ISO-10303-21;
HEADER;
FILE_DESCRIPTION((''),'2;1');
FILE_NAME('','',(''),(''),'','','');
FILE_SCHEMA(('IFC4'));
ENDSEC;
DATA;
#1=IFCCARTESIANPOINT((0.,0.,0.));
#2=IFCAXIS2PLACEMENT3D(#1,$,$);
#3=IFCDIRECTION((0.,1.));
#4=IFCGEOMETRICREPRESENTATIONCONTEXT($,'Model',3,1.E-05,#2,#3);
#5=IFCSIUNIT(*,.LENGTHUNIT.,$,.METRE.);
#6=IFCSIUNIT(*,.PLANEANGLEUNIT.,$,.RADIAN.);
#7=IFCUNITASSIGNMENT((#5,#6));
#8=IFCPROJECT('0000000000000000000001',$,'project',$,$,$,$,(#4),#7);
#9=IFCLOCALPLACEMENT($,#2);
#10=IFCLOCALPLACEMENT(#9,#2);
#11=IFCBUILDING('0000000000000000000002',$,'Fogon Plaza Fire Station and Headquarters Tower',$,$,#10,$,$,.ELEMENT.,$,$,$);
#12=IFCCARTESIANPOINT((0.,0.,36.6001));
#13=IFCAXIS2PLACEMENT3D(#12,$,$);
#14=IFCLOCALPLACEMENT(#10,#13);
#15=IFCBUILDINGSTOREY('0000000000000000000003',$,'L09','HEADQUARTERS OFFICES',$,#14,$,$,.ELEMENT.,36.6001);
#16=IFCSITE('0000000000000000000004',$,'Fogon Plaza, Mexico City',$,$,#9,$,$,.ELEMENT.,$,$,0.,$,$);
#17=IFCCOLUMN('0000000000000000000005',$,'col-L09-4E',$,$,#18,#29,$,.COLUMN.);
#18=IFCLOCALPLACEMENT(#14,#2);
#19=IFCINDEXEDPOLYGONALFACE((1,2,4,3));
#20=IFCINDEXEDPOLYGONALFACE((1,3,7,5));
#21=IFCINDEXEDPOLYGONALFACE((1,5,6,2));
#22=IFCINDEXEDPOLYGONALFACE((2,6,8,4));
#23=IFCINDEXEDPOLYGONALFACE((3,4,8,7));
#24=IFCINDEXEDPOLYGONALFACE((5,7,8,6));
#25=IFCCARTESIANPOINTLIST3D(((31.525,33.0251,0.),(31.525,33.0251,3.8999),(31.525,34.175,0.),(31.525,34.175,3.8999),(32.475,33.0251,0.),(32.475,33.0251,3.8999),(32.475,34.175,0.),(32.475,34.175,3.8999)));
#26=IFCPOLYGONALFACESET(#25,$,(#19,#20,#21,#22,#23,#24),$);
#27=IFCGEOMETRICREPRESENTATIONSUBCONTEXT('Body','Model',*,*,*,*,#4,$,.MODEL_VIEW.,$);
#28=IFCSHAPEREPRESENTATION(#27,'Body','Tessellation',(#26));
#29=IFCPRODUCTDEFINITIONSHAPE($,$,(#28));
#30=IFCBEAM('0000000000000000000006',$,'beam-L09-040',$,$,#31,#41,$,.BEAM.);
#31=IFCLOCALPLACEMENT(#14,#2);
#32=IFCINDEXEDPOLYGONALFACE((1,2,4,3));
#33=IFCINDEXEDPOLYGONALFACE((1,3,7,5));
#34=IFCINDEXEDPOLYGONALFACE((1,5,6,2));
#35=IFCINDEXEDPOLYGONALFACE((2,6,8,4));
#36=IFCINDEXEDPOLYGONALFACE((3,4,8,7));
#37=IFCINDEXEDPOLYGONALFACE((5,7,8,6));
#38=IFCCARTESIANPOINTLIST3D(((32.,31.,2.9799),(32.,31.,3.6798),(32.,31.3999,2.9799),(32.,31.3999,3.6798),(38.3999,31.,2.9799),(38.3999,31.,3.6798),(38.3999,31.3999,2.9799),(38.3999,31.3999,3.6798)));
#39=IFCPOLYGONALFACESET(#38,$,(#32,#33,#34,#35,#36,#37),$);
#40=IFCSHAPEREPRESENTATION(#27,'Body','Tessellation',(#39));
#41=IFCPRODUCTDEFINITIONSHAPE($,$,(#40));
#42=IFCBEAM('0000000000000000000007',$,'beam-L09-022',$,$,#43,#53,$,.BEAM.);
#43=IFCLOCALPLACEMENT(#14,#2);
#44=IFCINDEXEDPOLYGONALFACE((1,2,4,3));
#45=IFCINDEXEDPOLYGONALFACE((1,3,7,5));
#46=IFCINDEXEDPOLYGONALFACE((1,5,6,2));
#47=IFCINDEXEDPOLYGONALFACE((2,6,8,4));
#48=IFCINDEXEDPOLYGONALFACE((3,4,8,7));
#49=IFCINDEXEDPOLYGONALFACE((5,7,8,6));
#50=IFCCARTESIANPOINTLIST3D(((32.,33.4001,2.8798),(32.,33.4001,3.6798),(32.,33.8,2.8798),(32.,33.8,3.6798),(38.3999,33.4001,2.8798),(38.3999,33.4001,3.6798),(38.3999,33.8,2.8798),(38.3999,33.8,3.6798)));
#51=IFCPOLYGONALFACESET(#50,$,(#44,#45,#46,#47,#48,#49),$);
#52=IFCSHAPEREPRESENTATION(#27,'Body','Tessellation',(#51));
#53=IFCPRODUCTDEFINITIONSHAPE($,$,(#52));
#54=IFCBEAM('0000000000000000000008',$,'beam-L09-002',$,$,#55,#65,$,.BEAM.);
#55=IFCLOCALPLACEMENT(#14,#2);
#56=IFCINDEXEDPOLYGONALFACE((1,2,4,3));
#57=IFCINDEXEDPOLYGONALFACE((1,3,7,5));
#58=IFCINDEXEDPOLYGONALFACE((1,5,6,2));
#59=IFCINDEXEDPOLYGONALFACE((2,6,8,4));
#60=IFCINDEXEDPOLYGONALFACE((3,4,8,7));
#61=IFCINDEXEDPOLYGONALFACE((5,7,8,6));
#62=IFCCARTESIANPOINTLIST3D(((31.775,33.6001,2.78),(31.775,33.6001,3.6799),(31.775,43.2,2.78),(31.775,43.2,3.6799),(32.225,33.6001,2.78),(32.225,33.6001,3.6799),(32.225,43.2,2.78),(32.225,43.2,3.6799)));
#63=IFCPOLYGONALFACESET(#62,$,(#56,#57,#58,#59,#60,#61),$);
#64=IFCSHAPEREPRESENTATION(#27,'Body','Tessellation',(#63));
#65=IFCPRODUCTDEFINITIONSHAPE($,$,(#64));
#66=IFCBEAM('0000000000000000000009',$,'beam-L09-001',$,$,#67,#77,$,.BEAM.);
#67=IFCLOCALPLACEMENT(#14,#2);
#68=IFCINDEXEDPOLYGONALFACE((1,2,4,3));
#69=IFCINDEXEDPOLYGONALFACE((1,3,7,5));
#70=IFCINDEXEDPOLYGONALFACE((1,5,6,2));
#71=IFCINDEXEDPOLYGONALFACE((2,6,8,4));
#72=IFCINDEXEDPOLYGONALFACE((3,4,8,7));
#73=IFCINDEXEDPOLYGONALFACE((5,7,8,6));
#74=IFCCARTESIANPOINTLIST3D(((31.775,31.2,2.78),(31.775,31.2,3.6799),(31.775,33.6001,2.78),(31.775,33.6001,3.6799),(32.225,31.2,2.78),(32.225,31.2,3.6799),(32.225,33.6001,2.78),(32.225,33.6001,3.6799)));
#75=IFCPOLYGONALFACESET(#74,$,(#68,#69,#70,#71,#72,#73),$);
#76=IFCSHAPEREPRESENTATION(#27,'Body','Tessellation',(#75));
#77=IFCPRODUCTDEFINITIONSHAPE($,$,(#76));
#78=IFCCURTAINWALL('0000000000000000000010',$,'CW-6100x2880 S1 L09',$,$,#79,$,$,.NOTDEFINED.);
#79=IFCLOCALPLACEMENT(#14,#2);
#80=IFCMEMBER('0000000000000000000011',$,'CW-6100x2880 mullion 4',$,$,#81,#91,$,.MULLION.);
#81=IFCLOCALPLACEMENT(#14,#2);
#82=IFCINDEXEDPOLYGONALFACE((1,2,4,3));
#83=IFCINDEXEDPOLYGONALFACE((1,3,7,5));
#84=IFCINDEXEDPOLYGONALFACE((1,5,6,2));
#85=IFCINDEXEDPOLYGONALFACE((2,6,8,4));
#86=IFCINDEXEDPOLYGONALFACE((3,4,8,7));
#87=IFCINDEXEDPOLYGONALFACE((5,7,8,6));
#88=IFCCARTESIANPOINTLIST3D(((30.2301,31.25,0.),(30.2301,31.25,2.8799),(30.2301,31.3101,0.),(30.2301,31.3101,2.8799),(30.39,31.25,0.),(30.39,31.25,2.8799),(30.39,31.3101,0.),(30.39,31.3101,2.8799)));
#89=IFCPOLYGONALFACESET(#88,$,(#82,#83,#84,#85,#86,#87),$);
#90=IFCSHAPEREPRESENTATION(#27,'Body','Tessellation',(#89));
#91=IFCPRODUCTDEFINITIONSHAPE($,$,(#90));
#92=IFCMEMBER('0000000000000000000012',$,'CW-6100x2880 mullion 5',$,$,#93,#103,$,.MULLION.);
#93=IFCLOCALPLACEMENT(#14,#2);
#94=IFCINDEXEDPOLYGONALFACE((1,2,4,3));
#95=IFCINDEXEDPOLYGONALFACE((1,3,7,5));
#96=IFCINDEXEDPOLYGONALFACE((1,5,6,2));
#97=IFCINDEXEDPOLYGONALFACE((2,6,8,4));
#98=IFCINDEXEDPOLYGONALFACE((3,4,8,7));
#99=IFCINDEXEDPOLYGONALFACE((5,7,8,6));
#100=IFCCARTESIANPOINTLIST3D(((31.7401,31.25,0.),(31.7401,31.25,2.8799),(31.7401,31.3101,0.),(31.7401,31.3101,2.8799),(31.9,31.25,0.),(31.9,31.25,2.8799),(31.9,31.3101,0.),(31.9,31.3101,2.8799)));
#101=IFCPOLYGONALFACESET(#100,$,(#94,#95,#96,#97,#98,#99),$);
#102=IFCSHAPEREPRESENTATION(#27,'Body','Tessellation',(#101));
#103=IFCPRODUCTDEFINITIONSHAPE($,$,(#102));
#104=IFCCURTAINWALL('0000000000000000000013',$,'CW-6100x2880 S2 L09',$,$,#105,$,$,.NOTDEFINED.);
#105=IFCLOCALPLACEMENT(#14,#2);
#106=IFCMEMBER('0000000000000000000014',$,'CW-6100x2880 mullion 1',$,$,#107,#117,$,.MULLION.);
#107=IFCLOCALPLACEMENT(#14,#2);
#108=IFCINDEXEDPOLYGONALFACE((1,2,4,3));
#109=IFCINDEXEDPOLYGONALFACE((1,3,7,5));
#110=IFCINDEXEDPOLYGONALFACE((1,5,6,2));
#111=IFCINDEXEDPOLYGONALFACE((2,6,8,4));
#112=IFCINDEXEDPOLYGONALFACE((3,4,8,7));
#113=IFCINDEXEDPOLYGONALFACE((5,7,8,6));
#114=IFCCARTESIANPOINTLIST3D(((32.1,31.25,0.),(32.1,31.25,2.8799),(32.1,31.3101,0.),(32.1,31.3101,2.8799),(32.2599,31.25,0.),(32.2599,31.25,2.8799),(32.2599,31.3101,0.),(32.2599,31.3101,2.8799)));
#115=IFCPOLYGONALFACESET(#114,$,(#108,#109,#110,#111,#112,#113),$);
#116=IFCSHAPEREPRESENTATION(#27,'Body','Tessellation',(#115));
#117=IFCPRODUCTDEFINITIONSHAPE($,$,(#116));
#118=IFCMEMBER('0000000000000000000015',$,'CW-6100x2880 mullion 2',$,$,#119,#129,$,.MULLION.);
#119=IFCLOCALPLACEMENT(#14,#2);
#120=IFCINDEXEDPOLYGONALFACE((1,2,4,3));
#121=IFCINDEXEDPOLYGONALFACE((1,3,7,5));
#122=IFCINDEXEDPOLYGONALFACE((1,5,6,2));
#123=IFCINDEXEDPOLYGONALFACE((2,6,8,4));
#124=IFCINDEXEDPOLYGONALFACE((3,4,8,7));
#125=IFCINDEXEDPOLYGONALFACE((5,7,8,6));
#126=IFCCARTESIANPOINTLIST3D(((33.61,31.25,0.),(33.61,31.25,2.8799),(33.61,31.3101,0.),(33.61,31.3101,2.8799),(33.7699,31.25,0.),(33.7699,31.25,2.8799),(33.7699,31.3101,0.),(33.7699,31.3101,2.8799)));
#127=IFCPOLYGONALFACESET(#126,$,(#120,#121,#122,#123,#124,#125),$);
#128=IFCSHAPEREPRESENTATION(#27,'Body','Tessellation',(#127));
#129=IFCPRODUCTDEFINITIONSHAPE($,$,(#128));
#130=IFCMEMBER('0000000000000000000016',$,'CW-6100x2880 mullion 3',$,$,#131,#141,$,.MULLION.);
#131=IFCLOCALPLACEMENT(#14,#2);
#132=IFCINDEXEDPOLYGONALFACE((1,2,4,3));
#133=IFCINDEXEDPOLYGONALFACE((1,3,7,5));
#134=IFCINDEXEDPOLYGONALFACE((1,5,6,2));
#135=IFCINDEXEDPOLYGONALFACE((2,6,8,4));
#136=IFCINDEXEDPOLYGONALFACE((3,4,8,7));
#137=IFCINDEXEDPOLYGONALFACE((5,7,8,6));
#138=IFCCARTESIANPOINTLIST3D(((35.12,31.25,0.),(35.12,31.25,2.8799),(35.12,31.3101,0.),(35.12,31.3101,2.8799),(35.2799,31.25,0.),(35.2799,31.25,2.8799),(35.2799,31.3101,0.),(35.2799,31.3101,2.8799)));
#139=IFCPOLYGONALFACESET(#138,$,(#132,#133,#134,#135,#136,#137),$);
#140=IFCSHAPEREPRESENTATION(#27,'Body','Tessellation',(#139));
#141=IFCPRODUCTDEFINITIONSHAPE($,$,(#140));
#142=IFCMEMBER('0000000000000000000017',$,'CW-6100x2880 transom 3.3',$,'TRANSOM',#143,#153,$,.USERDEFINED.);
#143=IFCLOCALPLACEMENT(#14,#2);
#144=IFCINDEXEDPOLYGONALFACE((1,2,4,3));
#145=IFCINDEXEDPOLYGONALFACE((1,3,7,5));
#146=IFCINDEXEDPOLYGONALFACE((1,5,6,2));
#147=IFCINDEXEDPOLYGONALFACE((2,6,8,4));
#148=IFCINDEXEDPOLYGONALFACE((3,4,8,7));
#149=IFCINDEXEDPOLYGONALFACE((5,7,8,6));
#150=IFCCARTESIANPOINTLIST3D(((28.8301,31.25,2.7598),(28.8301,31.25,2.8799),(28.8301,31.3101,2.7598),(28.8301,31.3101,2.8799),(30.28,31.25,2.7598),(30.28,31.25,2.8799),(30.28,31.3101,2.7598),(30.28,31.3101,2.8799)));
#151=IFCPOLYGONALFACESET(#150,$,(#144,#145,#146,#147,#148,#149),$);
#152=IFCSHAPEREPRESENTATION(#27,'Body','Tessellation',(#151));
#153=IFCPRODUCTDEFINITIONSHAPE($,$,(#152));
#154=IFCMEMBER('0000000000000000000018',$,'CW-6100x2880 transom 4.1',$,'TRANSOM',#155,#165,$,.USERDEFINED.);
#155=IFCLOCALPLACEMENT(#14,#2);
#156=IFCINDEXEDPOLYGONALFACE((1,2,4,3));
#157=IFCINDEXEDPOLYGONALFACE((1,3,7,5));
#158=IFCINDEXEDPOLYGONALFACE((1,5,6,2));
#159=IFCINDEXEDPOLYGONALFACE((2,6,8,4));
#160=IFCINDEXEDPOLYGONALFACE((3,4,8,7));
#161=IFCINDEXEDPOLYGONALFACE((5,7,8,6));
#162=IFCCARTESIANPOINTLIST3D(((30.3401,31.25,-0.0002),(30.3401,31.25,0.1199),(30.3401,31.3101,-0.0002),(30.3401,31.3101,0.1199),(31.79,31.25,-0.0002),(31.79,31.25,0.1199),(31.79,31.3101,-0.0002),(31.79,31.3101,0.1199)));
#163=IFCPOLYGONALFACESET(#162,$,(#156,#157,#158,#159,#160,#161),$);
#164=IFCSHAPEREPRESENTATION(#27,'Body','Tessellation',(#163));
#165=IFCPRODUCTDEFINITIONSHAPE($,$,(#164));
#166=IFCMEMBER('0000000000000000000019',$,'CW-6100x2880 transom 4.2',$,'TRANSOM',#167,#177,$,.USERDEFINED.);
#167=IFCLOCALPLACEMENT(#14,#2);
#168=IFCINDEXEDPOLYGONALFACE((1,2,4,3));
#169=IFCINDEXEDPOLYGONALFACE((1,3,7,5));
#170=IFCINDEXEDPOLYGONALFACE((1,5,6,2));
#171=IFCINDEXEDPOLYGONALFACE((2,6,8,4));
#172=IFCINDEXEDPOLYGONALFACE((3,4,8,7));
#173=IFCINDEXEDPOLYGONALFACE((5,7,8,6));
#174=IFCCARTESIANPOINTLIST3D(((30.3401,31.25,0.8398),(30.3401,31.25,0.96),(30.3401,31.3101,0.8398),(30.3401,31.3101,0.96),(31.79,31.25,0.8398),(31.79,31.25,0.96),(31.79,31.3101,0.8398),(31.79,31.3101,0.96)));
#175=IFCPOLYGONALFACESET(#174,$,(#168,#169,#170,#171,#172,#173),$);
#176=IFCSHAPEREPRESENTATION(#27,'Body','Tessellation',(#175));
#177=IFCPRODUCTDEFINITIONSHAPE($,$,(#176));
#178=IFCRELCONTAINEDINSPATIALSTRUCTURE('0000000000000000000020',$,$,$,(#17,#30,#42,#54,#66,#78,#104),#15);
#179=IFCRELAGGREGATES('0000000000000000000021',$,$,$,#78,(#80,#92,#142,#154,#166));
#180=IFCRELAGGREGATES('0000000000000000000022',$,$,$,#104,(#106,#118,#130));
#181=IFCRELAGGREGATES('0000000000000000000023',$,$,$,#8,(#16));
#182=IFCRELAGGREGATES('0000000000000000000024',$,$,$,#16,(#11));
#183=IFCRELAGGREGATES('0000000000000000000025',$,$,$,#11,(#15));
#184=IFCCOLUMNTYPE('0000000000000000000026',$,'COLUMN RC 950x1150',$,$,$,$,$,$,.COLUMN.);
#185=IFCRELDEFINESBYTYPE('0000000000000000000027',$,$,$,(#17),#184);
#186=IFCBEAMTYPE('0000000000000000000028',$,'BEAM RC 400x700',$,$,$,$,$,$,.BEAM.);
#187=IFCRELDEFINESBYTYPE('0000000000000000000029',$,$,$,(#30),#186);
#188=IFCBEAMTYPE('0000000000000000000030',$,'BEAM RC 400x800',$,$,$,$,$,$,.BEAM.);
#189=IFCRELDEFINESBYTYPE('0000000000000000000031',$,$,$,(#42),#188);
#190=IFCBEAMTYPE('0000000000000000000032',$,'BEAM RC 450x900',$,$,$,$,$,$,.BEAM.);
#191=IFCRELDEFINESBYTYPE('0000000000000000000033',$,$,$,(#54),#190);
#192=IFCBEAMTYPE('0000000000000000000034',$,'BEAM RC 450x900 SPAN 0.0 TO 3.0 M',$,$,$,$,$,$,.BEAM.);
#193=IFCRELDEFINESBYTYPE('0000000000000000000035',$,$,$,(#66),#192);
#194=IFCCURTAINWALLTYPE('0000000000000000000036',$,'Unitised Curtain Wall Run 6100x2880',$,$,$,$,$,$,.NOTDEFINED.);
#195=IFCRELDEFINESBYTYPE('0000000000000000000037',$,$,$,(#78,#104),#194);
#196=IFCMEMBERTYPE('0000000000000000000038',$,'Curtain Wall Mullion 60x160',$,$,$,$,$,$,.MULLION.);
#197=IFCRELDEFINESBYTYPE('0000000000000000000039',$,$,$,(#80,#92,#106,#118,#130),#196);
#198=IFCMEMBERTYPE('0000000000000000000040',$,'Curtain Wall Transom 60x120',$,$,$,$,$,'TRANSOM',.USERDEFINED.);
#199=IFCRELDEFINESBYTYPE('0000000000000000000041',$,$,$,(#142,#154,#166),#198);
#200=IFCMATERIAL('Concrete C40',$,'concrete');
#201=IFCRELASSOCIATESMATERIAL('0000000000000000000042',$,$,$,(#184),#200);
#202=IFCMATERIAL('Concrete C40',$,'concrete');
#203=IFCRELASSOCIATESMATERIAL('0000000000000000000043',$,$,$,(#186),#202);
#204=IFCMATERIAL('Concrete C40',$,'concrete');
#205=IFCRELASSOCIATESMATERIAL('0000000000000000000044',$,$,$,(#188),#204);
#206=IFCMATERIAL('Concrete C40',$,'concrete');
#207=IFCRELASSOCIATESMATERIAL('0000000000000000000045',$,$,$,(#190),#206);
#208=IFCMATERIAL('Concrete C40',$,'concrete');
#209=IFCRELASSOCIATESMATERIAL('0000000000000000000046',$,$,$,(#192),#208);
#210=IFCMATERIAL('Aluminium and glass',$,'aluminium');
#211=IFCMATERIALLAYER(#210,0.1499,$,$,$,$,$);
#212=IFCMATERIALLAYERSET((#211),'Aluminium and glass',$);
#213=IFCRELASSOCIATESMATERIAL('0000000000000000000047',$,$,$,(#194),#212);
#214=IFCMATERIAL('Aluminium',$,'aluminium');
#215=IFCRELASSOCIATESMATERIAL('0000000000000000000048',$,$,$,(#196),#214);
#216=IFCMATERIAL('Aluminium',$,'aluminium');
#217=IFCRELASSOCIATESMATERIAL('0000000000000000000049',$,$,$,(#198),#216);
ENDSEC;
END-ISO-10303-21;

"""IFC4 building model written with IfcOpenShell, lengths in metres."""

from ifc_helpers import new_model, si_unit, direction, frame, origin, origin_2d, place, context, subcontext, project, spatial, rectangle, extrude, material, layer, layer_set, material_profile, profile_set, type_object, element, aggregate, save


model = new_model("IFC4")

# Units and contexts
model_context = context("Model", 3, precision=1e-05, world=origin(), true_north=direction((0.0, 1.0)))
body_context = subcontext(model_context, "Body", "Model", "MODEL_VIEW")
ifc_project = project(units=[si_unit("LENGTHUNIT", "METRE"), si_unit("PLANEANGLEUNIT", "RADIAN")], contexts=[model_context])

# Site, building, storey
site_placement = place(None, origin())
site = spatial("IfcSite", under=ifc_project, at=site_placement, Name="Fogon Plaza, Mexico City", CompositionType="ELEMENT", RefElevation=0.0)
building_placement = place(site_placement, origin())
building = spatial("IfcBuilding", under=site, at=building_placement, Name="Fogon Plaza Fire Station and Headquarters Tower", CompositionType="ELEMENT")
storey_placement = place(building_placement, frame((0.0, 0.0, 36.6001)))
storey = spatial("IfcBuildingStorey", under=building, at=storey_placement, Name="L09", Description="HEADQUARTERS OFFICES", CompositionType="ELEMENT", Elevation=36.6001)

# Column
ifc_material_1 = material(Name="Concrete C40", Category="concrete")
ifc_material_profile_1 = material_profile(ifc_material_1, rectangle(XDim=0.95, YDim=1.1499, at=origin_2d()), Name="RC 950x1150")
ifc_profile_set_1 = profile_set([ifc_material_profile_1], Name="Concrete C40")
column_type = type_object("IfcColumnType", Name="COLUMN RC 950x1150", PredefinedType="COLUMN", material=ifc_profile_set_1)
column_placement = place(storey_placement, frame((32.0, 33.6001, 0.0), z_axis=(0.0, 0.0, 1.0), x_axis=(1.0, 0.0, 0.0)))
element("IfcColumn", 1, at=column_placement, inside=storey, type_object=column_type, Name="col-L09-4E", PredefinedType="COLUMN", context=body_context, shape_type="SweptSolid", body=[
    extrude(rectangle(XDim=0.95, YDim=1.1499, at=origin_2d()), origin(), (0.0, 0.0, 1.0), 3.8999),
])

# Beams
ifc_material_2 = material(Name="Concrete C40", Category="concrete")
ifc_material_profile_2 = material_profile(ifc_material_2, rectangle(XDim=0.3999, YDim=0.7, at=origin_2d()), Name="RC 400x700")
ifc_profile_set_2 = profile_set([ifc_material_profile_2], Name="Concrete C40")
beam_type_1 = type_object("IfcBeamType", Name="BEAM RC 400x700", PredefinedType="BEAM", material=ifc_profile_set_2)
beam_1_placement = place(storey_placement, frame((32.0, 31.2, 3.3298), z_axis=(1.0, 0.0, 0.0), x_axis=(0.0, 1.0, 0.0)))
element("IfcBeam", 2, at=beam_1_placement, inside=storey, type_object=beam_type_1, Name="beam-L09-040", PredefinedType="BEAM", context=body_context, shape_type="SweptSolid", body=[
    extrude(rectangle(XDim=0.3999, YDim=0.7, at=origin_2d()), origin(), (0.0, 0.0, 1.0), 6.3999),
])
ifc_material_3 = material(Name="Concrete C40", Category="concrete")
ifc_material_profile_3 = material_profile(ifc_material_3, rectangle(XDim=0.3999, YDim=0.8, at=origin_2d()), Name="RC 400x800")
ifc_profile_set_3 = profile_set([ifc_material_profile_3], Name="Concrete C40")
beam_type_2 = type_object("IfcBeamType", Name="BEAM RC 400x800", PredefinedType="BEAM", material=ifc_profile_set_3)
beam_2_placement = place(storey_placement, frame((32.0, 33.6001, 3.2798), z_axis=(1.0, 0.0, 0.0), x_axis=(0.0, 1.0, 0.0)))
element("IfcBeam", 3, at=beam_2_placement, inside=storey, type_object=beam_type_2, Name="beam-L09-022", PredefinedType="BEAM", context=body_context, shape_type="SweptSolid", body=[
    extrude(rectangle(XDim=0.3999, YDim=0.8, at=origin_2d()), origin(), (0.0, 0.0, 1.0), 6.3999),
])
ifc_material_4 = material(Name="Concrete C40", Category="concrete")
ifc_material_profile_4 = material_profile(ifc_material_4, rectangle(XDim=0.45, YDim=0.8999, at=origin_2d()), Name="RC 450x900")
ifc_profile_set_4 = profile_set([ifc_material_profile_4], Name="Concrete C40")
beam_type_3 = type_object("IfcBeamType", Name="BEAM RC 450x900", PredefinedType="BEAM", material=ifc_profile_set_4)
beam_3_placement = place(storey_placement, frame((32.0, 33.6001, 3.23), z_axis=(0.0, 1.0, 0.0), x_axis=(-1.0, 0.0, 0.0)))
element("IfcBeam", 4, at=beam_3_placement, inside=storey, type_object=beam_type_3, Name="beam-L09-002", PredefinedType="BEAM", context=body_context, shape_type="SweptSolid", body=[
    extrude(rectangle(XDim=0.45, YDim=0.8999, at=origin_2d()), origin(), (0.0, 0.0, 1.0), 9.5999),
])
ifc_material_5 = material(Name="Concrete C40", Category="concrete")
ifc_material_profile_5 = material_profile(ifc_material_5, rectangle(XDim=0.45, YDim=0.8999, at=origin_2d()), Name="RC 450x900")
ifc_profile_set_5 = profile_set([ifc_material_profile_5], Name="Concrete C40")
beam_type_4 = type_object("IfcBeamType", Name="BEAM RC 450x900 SPAN 0.0 TO 3.0 M", PredefinedType="BEAM", material=ifc_profile_set_5)
beam_4_placement = place(storey_placement, frame((32.0, 31.2, 3.23), z_axis=(0.0, 1.0, 0.0), x_axis=(-1.0, 0.0, 0.0)))
element("IfcBeam", 5, at=beam_4_placement, inside=storey, type_object=beam_type_4, Name="beam-L09-001", PredefinedType="BEAM", context=body_context, shape_type="SweptSolid", body=[
    extrude(rectangle(XDim=0.45, YDim=0.8999, at=origin_2d()), origin(), (0.0, 0.0, 1.0), 2.4001),
])

# Curtain walls, members
ifc_material_6 = material(Name="Aluminium and glass", Category="aluminium")
ifc_layer_1 = layer(ifc_material_6, 0.1499)
ifc_layer_set_1 = layer_set([ifc_layer_1], Name="Aluminium and glass")
curtain_wall_type = type_object("IfcCurtainWallType", Name="Unitised Curtain Wall Run 6100x2880", PredefinedType="NOTDEFINED", material=ifc_layer_set_1)
curtain_wall_1_placement = place(storey_placement, origin())
curtain_wall_1 = element("IfcCurtainWall", 6, at=curtain_wall_1_placement, inside=storey, type_object=curtain_wall_type, Name="CW-6100x2880 S1 L09", PredefinedType="NOTDEFINED")
ifc_material_7 = material(Name="Aluminium", Category="aluminium")
ifc_material_profile_6 = material_profile(ifc_material_7, rectangle(XDim=0.0601, YDim=0.1599, at=origin_2d()), Name="Curtain Wall Mullion 60x160")
ifc_profile_set_6 = profile_set([ifc_material_profile_6], Name="Aluminium")
member_type_1 = type_object("IfcMemberType", Name="Curtain Wall Mullion 60x160", PredefinedType="MULLION", material=ifc_profile_set_6)
member_1_placement = place(storey_placement, frame((30.3101, 31.28, 0.0), z_axis=(0.0, 0.0, 1.0), x_axis=(0.0, 1.0, 0.0)))
member_1 = element("IfcMember", 7, at=member_1_placement, type_object=member_type_1, Name="CW-6100x2880 mullion 4", PredefinedType="MULLION", context=body_context, shape_type="SweptSolid", body=[
    extrude(rectangle(XDim=0.0601, YDim=0.1599, at=origin_2d()), origin(), (0.0, 0.0, 1.0), 2.8799),
])
member_2_placement = place(storey_placement, frame((31.8201, 31.28, 0.0), z_axis=(0.0, 0.0, 1.0), x_axis=(0.0, 1.0, 0.0)))
member_2 = element("IfcMember", 8, at=member_2_placement, type_object=member_type_1, Name="CW-6100x2880 mullion 5", PredefinedType="MULLION", context=body_context, shape_type="SweptSolid", body=[
    extrude(rectangle(XDim=0.0601, YDim=0.1599, at=origin_2d()), origin(), (0.0, 0.0, 1.0), 2.8799),
])
curtain_wall_2_placement = place(storey_placement, origin())
curtain_wall_2 = element("IfcCurtainWall", 9, at=curtain_wall_2_placement, inside=storey, type_object=curtain_wall_type, Name="CW-6100x2880 S2 L09", PredefinedType="NOTDEFINED")
member_3_placement = place(storey_placement, frame((32.1799, 31.28, 0.0), z_axis=(0.0, 0.0, 1.0), x_axis=(0.0, 1.0, 0.0)))
member_3 = element("IfcMember", 10, at=member_3_placement, type_object=member_type_1, Name="CW-6100x2880 mullion 1", PredefinedType="MULLION", context=body_context, shape_type="SweptSolid", body=[
    extrude(rectangle(XDim=0.0601, YDim=0.1599, at=origin_2d()), origin(), (0.0, 0.0, 1.0), 2.8799),
])
member_4_placement = place(storey_placement, frame((33.6899, 31.28, 0.0), z_axis=(0.0, 0.0, 1.0), x_axis=(0.0, 1.0, 0.0)))
member_4 = element("IfcMember", 11, at=member_4_placement, type_object=member_type_1, Name="CW-6100x2880 mullion 2", PredefinedType="MULLION", context=body_context, shape_type="SweptSolid", body=[
    extrude(rectangle(XDim=0.0601, YDim=0.1599, at=origin_2d()), origin(), (0.0, 0.0, 1.0), 2.8799),
])
member_5_placement = place(storey_placement, frame((35.2, 31.28, 0.0), z_axis=(0.0, 0.0, 1.0), x_axis=(0.0, 1.0, 0.0)))
member_5 = element("IfcMember", 12, at=member_5_placement, type_object=member_type_1, Name="CW-6100x2880 mullion 3", PredefinedType="MULLION", context=body_context, shape_type="SweptSolid", body=[
    extrude(rectangle(XDim=0.0601, YDim=0.1599, at=origin_2d()), origin(), (0.0, 0.0, 1.0), 2.8799),
])

# Members
ifc_material_8 = material(Name="Aluminium", Category="aluminium")
ifc_material_profile_7 = material_profile(ifc_material_8, rectangle(XDim=0.0601, YDim=0.1201, at=origin_2d()), Name="Curtain Wall Transom 60x120")
ifc_profile_set_7 = profile_set([ifc_material_profile_7], Name="Aluminium")
member_type_2 = type_object("IfcMemberType", Name="Curtain Wall Transom 60x120", ElementType="TRANSOM", PredefinedType="USERDEFINED", material=ifc_profile_set_7)
member_6_placement = place(storey_placement, frame((28.8301, 31.28, 2.8198), z_axis=(1.0, 0.0, 0.0), x_axis=(0.0, 1.0, 0.0)))
member_6 = element("IfcMember", 13, at=member_6_placement, type_object=member_type_2, Name="CW-6100x2880 transom 3.3", ObjectType="TRANSOM", PredefinedType="USERDEFINED", context=body_context, shape_type="SweptSolid", body=[
    extrude(rectangle(XDim=0.0601, YDim=0.1201, at=origin_2d()), origin(), (0.0, 0.0, 1.0), 1.45),
])
member_7_placement = place(storey_placement, frame((30.3401, 31.28, 0.0598), z_axis=(1.0, 0.0, 0.0), x_axis=(0.0, 1.0, 0.0)))
member_7 = element("IfcMember", 14, at=member_7_placement, type_object=member_type_2, Name="CW-6100x2880 transom 4.1", ObjectType="TRANSOM", PredefinedType="USERDEFINED", context=body_context, shape_type="SweptSolid", body=[
    extrude(rectangle(XDim=0.0601, YDim=0.1201, at=origin_2d()), origin(), (0.0, 0.0, 1.0), 1.45),
])
member_8_placement = place(storey_placement, frame((30.3401, 31.28, 0.8999), z_axis=(1.0, 0.0, 0.0), x_axis=(0.0, 1.0, 0.0)))
member_8 = element("IfcMember", 15, at=member_8_placement, type_object=member_type_2, Name="CW-6100x2880 transom 4.2", ObjectType="TRANSOM", PredefinedType="USERDEFINED", context=body_context, shape_type="SweptSolid", body=[
    extrude(rectangle(XDim=0.0601, YDim=0.1201, at=origin_2d()), origin(), (0.0, 0.0, 1.0), 1.45),
])

aggregate(curtain_wall_1, [member_1, member_2, member_6, member_7, member_8])
aggregate(curtain_wall_2, [member_3, member_4, member_5])

save(model, "model.ifc")
